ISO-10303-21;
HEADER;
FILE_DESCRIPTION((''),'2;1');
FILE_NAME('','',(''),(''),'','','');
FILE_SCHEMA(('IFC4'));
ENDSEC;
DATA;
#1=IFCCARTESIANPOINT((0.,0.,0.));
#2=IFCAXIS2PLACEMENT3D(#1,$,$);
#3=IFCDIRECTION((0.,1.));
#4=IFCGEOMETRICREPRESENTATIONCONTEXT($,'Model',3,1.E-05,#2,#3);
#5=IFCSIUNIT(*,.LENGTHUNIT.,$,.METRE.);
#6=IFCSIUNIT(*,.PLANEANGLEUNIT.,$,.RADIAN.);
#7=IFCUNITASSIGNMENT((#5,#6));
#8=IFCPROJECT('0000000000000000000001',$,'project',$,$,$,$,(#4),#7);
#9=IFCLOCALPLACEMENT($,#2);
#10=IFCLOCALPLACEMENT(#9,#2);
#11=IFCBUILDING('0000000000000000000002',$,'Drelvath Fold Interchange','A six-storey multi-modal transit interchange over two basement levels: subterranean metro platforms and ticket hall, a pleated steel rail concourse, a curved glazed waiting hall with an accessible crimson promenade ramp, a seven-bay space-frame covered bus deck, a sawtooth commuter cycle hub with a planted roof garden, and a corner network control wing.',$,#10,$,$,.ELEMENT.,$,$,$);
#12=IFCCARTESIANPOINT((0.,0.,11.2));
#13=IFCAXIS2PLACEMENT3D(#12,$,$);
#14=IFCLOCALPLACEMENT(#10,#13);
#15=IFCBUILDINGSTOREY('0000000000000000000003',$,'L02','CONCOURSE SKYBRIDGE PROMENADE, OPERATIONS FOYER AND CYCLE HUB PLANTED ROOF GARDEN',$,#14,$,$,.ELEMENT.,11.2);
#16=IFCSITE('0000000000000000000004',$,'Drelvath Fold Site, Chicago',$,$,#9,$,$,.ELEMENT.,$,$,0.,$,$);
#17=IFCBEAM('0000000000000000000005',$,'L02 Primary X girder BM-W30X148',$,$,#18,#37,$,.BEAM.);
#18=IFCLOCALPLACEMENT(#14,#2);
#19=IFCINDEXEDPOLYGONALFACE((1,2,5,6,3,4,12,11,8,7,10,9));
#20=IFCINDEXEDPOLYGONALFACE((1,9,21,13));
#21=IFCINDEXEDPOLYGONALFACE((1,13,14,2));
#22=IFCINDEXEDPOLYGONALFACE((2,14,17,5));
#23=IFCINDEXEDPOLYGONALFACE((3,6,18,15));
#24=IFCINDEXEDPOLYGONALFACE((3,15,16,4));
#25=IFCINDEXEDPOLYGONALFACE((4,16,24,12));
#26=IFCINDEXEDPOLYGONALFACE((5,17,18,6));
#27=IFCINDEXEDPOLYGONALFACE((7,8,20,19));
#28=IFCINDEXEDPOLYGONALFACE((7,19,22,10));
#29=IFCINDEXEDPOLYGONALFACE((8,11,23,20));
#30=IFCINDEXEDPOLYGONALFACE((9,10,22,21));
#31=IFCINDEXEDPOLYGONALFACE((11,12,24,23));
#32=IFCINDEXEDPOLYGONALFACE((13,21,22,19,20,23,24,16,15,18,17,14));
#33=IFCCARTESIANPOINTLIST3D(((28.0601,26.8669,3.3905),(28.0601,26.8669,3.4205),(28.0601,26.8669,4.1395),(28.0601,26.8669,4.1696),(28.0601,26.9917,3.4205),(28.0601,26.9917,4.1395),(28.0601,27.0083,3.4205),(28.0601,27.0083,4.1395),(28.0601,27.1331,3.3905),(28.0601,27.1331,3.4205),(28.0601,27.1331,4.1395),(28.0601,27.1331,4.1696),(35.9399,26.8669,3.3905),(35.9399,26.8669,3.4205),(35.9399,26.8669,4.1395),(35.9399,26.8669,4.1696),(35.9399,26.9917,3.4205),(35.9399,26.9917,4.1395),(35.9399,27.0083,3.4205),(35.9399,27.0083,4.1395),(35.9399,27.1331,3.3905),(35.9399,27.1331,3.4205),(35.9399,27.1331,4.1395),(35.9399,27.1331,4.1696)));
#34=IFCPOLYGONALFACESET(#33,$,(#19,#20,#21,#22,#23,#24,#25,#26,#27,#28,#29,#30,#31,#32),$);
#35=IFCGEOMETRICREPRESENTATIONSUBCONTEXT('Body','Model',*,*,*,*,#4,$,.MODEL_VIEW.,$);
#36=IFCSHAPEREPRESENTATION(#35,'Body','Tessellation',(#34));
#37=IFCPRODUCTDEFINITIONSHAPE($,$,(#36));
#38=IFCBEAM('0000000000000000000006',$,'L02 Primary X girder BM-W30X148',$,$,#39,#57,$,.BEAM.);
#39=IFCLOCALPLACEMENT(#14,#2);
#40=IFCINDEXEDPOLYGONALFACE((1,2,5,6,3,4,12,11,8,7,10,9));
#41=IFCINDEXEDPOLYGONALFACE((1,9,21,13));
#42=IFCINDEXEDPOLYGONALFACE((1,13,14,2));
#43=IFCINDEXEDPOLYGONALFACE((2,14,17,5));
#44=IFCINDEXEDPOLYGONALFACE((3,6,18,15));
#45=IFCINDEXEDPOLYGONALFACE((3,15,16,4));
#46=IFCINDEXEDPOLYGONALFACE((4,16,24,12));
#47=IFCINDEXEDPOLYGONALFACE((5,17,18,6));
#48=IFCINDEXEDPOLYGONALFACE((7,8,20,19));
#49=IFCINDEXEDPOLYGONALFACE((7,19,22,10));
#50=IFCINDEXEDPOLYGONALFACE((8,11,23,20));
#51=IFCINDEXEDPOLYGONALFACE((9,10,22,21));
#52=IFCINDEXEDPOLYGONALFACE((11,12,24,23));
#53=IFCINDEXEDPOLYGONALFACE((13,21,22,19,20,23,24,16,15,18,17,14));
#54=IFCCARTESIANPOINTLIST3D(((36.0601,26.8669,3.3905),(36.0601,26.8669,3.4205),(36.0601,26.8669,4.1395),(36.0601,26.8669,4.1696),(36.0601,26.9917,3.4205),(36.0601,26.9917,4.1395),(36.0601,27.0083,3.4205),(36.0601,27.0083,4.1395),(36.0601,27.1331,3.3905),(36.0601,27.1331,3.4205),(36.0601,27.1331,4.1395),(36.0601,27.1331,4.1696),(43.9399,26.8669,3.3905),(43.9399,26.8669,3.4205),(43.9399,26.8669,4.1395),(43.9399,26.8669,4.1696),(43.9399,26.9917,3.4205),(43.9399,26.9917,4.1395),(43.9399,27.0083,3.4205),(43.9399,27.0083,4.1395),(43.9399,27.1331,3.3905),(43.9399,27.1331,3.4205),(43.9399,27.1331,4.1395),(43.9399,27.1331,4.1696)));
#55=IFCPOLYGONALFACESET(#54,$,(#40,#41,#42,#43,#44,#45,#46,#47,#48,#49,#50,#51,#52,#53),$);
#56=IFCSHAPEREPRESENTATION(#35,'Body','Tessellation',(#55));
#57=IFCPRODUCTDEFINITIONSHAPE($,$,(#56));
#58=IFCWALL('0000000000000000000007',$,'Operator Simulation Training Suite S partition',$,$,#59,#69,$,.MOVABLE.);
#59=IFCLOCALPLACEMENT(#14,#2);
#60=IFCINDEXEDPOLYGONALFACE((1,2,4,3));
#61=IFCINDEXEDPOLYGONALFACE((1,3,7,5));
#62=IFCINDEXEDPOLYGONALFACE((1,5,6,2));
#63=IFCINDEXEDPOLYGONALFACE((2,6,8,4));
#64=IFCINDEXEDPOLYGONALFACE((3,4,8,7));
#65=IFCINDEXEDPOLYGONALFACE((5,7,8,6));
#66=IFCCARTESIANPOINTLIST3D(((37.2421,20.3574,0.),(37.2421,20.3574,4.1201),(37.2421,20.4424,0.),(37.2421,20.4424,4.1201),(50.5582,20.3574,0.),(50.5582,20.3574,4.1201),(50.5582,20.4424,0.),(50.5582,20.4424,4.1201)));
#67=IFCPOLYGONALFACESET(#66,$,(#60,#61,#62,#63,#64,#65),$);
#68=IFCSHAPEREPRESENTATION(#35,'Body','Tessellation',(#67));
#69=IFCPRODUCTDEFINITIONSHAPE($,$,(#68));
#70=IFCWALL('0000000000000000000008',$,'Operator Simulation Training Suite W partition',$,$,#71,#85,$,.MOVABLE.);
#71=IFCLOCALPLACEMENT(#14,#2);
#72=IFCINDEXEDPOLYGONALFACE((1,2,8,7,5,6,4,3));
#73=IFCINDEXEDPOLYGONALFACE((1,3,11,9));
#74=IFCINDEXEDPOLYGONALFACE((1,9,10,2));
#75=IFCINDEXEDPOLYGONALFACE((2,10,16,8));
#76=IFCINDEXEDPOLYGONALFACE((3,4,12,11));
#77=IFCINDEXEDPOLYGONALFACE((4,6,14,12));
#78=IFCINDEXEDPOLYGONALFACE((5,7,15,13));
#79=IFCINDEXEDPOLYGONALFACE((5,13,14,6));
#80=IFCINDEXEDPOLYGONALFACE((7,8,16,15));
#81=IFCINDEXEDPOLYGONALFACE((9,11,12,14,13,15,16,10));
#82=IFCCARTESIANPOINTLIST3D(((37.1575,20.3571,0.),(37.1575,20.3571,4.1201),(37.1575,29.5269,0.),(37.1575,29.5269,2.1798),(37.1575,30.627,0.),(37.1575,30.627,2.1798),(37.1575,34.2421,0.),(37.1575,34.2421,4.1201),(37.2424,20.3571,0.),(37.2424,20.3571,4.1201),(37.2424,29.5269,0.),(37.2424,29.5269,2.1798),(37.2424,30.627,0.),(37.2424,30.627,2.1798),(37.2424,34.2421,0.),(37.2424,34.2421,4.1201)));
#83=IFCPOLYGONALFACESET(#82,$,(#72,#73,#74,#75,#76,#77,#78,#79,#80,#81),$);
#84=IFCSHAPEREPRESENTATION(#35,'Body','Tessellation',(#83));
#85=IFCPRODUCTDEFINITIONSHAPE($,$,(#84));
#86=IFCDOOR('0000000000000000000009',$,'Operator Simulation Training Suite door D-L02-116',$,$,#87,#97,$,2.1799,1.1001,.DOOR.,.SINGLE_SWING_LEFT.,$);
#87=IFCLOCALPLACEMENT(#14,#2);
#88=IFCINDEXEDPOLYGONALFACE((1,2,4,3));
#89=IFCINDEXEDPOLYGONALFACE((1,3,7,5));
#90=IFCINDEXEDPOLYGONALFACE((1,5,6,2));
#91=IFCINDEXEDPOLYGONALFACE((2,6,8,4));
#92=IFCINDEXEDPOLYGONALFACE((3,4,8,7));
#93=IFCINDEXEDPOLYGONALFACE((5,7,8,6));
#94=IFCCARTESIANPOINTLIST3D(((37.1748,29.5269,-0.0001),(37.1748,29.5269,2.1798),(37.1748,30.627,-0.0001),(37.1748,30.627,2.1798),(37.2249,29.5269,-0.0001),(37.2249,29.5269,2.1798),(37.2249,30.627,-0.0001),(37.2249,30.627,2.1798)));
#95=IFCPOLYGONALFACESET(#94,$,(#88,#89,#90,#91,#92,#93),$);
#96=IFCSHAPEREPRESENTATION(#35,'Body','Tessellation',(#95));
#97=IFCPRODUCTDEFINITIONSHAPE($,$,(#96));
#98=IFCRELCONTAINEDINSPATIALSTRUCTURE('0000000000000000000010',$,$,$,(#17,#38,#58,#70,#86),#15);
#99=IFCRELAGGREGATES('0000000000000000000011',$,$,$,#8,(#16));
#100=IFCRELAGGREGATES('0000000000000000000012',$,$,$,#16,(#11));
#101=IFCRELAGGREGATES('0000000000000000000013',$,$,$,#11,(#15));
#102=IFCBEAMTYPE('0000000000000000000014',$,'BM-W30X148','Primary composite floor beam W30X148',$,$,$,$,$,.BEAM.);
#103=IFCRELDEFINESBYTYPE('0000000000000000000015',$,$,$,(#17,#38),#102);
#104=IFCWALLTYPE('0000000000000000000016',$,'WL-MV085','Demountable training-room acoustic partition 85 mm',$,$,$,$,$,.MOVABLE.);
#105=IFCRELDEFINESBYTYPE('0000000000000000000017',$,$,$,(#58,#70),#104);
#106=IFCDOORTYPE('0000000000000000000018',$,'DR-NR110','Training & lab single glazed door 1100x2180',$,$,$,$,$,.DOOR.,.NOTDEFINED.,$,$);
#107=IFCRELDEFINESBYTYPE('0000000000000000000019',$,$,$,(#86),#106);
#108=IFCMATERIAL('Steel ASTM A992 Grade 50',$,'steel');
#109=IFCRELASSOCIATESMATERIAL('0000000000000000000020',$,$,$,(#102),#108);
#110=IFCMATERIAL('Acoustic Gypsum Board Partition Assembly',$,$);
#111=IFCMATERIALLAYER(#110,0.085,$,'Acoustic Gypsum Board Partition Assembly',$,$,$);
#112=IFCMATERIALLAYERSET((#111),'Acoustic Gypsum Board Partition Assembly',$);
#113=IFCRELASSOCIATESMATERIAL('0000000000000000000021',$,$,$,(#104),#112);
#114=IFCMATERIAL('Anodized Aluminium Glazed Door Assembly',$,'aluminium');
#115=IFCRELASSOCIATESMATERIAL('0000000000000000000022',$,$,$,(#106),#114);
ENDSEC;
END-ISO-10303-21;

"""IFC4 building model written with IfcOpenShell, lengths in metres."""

from ifc_helpers import new_model, si_unit, direction, frame, frame_2d, origin, origin_2d, place, context, subcontext, project, spatial, rectangle, i_section, extrude, material, layer, layer_set, material_profile, profile_set, type_object, element, fill, save


model = new_model("IFC4")

# Units and contexts
model_context = context("Model", 3, precision=1e-05, world=origin(), true_north=direction((0.0, 1.0)))
body_context = subcontext(model_context, "Body", "Model", "MODEL_VIEW")
ifc_project = project(units=[si_unit("LENGTHUNIT", "METRE"), si_unit("PLANEANGLEUNIT", "RADIAN")], contexts=[model_context])

# Site, building, storey
site_placement = place(None, origin())
site = spatial("IfcSite", under=ifc_project, at=site_placement, Name="Drelvath Fold Site, Chicago", CompositionType="ELEMENT", RefElevation=0.0)
building_placement = place(site_placement, origin())
building = spatial("IfcBuilding", under=site, at=building_placement, Name="Drelvath Fold Interchange", Description="A six-storey multi-modal transit interchange over two basement levels: subterranean metro platforms and ticket hall, a pleated steel rail concourse, a curved glazed waiting hall with an accessible crimson promenade ramp, a seven-bay space-frame covered bus deck, a sawtooth commuter cycle hub with a planted roof garden, and a corner network control wing.", CompositionType="ELEMENT")
storey_placement = place(building_placement, frame((0.0, 0.0, 11.2)))
storey = spatial("IfcBuildingStorey", under=building, at=storey_placement, Name="L02", Description="CONCOURSE SKYBRIDGE PROMENADE, OPERATIONS FOYER AND CYCLE HUB PLANTED ROOF GARDEN", CompositionType="ELEMENT", Elevation=11.2)

# Shared definitions
ifc_material_1 = material(Name="Steel ASTM A992 Grade 50", Category="steel")

# Beams
ifc_material_profile_1 = material_profile(ifc_material_1, i_section(OverallWidth=0.2661, OverallDepth=0.7791, WebThickness=0.0166, FlangeThickness=0.03, at=origin_2d()), Name="W30X148")
ifc_profile_set_1 = profile_set([ifc_material_profile_1], Name="Steel ASTM A992 Grade 50")
beam_type_1 = type_object("IfcBeamType", Name="BM-W30X148", Description="Primary composite floor beam W30X148", PredefinedType="BEAM", material=ifc_profile_set_1)
for number, where, z_axis, x_axis, name in (
    (1, (28.0601, 27.0, 3.78), (1.0, 0.0, 0.0), (0.0, 1.0, 0.0), "L02 Primary X girder BM-W30X148"),
    (2, (36.0601, 27.0, 3.78), (1.0, 0.0, 0.0), (0.0, 1.0, 0.0), "L02 Primary X girder BM-W30X148"),
):
    element("IfcBeam", number, at=place(storey_placement, frame(where, z_axis=z_axis, x_axis=x_axis)), inside=storey, type_object=beam_type_1, Name=name, PredefinedType="BEAM", context=body_context, shape_type="SweptSolid", body=[
        extrude(i_section(OverallWidth=0.2661, OverallDepth=0.7791, WebThickness=0.0166, FlangeThickness=0.03, at=origin_2d()), origin(), (0.0, 0.0, 1.0), 7.8799),
    ])

# Wall
ifc_material_2 = material(Name="Acoustic Gypsum Board Partition Assembly")
ifc_layer = layer(ifc_material_2, 0.085, Name="Acoustic Gypsum Board Partition Assembly")
ifc_layer_set = layer_set([ifc_layer], Name="Acoustic Gypsum Board Partition Assembly")
wall_type = type_object("IfcWallType", Name="WL-MV085", Description="Demountable training-room acoustic partition 85 mm", PredefinedType="MOVABLE", material=ifc_layer_set)
wall_1_placement = place(storey_placement, frame((37.2419, 20.3999, 0.0), z_axis=(0.0, 0.0, 1.0), x_axis=(1.0, 0.0, 0.0)))
element("IfcWall", 3, at=wall_1_placement, inside=storey, type_object=wall_type, Name="Operator Simulation Training Suite S partition", PredefinedType="MOVABLE", context=body_context, shape_type="SweptSolid", body=[
    extrude(rectangle(XDim=13.3162, YDim=0.085, at=frame_2d((6.6582, 0.0))), origin(), (0.0, 0.0, 1.0), 4.1201),
])

# Wall, opening, door
wall_2_placement = place(storey_placement, frame((37.2, 34.2419, 0.0), z_axis=(0.0, 0.0, 1.0), x_axis=(0.0, -1.0, 0.0)))
wall_2 = element("IfcWall", 4, at=wall_2_placement, inside=storey, type_object=wall_type, Name="Operator Simulation Training Suite W partition", PredefinedType="MOVABLE", context=body_context, shape_type="SweptSolid", body=[
    extrude(rectangle(XDim=13.885, YDim=0.085, at=frame_2d((6.9424, 0.0))), origin(), (0.0, 0.0, 1.0), 4.1201),
])
opening_placement = place(wall_2_placement, frame((3.615, 0.0, 0.0)))
opening = element("IfcOpeningElement", 5, at=opening_placement, cuts=wall_2, PredefinedType="OPENING", context=body_context, shape_type="SweptSolid", body=[
    extrude(rectangle(XDim=1.1001, YDim=2.1799, at=frame_2d((0.55, 1.0898))), frame((0.0, 0.0525, 0.0), z_axis=(0.0, -1.0, 0.0), x_axis=(1.0, 0.0, 0.0)), (0.0, 0.0, 1.0), 0.105),
])
ifc_material_3 = material(Name="Anodized Aluminium Glazed Door Assembly", Category="aluminium")
door_type = type_object("IfcDoorType", Name="DR-NR110", Description="Training & lab single glazed door 1100x2180", OperationType="NOTDEFINED", PredefinedType="DOOR", material=ifc_material_3)
door_placement = place(opening_placement, origin())
door = element("IfcDoor", 6, at=door_placement, inside=storey, type_object=door_type, Name="Operator Simulation Training Suite door D-L02-116", OperationType="SINGLE_SWING_LEFT", OverallHeight=2.1799, OverallWidth=1.1001, PredefinedType="DOOR", context=body_context, shape_type="SweptSolid", body=[
    extrude(rectangle(XDim=1.1001, YDim=2.1799, at=frame_2d((0.55, 1.0898))), frame((0.0, 0.0249, 0.0), z_axis=(0.0, -1.0, 0.0), x_axis=(1.0, 0.0, 0.0)), (0.0, 0.0, 1.0), 0.05),
])
fill(opening, door)

save(model, "model.ifc")
